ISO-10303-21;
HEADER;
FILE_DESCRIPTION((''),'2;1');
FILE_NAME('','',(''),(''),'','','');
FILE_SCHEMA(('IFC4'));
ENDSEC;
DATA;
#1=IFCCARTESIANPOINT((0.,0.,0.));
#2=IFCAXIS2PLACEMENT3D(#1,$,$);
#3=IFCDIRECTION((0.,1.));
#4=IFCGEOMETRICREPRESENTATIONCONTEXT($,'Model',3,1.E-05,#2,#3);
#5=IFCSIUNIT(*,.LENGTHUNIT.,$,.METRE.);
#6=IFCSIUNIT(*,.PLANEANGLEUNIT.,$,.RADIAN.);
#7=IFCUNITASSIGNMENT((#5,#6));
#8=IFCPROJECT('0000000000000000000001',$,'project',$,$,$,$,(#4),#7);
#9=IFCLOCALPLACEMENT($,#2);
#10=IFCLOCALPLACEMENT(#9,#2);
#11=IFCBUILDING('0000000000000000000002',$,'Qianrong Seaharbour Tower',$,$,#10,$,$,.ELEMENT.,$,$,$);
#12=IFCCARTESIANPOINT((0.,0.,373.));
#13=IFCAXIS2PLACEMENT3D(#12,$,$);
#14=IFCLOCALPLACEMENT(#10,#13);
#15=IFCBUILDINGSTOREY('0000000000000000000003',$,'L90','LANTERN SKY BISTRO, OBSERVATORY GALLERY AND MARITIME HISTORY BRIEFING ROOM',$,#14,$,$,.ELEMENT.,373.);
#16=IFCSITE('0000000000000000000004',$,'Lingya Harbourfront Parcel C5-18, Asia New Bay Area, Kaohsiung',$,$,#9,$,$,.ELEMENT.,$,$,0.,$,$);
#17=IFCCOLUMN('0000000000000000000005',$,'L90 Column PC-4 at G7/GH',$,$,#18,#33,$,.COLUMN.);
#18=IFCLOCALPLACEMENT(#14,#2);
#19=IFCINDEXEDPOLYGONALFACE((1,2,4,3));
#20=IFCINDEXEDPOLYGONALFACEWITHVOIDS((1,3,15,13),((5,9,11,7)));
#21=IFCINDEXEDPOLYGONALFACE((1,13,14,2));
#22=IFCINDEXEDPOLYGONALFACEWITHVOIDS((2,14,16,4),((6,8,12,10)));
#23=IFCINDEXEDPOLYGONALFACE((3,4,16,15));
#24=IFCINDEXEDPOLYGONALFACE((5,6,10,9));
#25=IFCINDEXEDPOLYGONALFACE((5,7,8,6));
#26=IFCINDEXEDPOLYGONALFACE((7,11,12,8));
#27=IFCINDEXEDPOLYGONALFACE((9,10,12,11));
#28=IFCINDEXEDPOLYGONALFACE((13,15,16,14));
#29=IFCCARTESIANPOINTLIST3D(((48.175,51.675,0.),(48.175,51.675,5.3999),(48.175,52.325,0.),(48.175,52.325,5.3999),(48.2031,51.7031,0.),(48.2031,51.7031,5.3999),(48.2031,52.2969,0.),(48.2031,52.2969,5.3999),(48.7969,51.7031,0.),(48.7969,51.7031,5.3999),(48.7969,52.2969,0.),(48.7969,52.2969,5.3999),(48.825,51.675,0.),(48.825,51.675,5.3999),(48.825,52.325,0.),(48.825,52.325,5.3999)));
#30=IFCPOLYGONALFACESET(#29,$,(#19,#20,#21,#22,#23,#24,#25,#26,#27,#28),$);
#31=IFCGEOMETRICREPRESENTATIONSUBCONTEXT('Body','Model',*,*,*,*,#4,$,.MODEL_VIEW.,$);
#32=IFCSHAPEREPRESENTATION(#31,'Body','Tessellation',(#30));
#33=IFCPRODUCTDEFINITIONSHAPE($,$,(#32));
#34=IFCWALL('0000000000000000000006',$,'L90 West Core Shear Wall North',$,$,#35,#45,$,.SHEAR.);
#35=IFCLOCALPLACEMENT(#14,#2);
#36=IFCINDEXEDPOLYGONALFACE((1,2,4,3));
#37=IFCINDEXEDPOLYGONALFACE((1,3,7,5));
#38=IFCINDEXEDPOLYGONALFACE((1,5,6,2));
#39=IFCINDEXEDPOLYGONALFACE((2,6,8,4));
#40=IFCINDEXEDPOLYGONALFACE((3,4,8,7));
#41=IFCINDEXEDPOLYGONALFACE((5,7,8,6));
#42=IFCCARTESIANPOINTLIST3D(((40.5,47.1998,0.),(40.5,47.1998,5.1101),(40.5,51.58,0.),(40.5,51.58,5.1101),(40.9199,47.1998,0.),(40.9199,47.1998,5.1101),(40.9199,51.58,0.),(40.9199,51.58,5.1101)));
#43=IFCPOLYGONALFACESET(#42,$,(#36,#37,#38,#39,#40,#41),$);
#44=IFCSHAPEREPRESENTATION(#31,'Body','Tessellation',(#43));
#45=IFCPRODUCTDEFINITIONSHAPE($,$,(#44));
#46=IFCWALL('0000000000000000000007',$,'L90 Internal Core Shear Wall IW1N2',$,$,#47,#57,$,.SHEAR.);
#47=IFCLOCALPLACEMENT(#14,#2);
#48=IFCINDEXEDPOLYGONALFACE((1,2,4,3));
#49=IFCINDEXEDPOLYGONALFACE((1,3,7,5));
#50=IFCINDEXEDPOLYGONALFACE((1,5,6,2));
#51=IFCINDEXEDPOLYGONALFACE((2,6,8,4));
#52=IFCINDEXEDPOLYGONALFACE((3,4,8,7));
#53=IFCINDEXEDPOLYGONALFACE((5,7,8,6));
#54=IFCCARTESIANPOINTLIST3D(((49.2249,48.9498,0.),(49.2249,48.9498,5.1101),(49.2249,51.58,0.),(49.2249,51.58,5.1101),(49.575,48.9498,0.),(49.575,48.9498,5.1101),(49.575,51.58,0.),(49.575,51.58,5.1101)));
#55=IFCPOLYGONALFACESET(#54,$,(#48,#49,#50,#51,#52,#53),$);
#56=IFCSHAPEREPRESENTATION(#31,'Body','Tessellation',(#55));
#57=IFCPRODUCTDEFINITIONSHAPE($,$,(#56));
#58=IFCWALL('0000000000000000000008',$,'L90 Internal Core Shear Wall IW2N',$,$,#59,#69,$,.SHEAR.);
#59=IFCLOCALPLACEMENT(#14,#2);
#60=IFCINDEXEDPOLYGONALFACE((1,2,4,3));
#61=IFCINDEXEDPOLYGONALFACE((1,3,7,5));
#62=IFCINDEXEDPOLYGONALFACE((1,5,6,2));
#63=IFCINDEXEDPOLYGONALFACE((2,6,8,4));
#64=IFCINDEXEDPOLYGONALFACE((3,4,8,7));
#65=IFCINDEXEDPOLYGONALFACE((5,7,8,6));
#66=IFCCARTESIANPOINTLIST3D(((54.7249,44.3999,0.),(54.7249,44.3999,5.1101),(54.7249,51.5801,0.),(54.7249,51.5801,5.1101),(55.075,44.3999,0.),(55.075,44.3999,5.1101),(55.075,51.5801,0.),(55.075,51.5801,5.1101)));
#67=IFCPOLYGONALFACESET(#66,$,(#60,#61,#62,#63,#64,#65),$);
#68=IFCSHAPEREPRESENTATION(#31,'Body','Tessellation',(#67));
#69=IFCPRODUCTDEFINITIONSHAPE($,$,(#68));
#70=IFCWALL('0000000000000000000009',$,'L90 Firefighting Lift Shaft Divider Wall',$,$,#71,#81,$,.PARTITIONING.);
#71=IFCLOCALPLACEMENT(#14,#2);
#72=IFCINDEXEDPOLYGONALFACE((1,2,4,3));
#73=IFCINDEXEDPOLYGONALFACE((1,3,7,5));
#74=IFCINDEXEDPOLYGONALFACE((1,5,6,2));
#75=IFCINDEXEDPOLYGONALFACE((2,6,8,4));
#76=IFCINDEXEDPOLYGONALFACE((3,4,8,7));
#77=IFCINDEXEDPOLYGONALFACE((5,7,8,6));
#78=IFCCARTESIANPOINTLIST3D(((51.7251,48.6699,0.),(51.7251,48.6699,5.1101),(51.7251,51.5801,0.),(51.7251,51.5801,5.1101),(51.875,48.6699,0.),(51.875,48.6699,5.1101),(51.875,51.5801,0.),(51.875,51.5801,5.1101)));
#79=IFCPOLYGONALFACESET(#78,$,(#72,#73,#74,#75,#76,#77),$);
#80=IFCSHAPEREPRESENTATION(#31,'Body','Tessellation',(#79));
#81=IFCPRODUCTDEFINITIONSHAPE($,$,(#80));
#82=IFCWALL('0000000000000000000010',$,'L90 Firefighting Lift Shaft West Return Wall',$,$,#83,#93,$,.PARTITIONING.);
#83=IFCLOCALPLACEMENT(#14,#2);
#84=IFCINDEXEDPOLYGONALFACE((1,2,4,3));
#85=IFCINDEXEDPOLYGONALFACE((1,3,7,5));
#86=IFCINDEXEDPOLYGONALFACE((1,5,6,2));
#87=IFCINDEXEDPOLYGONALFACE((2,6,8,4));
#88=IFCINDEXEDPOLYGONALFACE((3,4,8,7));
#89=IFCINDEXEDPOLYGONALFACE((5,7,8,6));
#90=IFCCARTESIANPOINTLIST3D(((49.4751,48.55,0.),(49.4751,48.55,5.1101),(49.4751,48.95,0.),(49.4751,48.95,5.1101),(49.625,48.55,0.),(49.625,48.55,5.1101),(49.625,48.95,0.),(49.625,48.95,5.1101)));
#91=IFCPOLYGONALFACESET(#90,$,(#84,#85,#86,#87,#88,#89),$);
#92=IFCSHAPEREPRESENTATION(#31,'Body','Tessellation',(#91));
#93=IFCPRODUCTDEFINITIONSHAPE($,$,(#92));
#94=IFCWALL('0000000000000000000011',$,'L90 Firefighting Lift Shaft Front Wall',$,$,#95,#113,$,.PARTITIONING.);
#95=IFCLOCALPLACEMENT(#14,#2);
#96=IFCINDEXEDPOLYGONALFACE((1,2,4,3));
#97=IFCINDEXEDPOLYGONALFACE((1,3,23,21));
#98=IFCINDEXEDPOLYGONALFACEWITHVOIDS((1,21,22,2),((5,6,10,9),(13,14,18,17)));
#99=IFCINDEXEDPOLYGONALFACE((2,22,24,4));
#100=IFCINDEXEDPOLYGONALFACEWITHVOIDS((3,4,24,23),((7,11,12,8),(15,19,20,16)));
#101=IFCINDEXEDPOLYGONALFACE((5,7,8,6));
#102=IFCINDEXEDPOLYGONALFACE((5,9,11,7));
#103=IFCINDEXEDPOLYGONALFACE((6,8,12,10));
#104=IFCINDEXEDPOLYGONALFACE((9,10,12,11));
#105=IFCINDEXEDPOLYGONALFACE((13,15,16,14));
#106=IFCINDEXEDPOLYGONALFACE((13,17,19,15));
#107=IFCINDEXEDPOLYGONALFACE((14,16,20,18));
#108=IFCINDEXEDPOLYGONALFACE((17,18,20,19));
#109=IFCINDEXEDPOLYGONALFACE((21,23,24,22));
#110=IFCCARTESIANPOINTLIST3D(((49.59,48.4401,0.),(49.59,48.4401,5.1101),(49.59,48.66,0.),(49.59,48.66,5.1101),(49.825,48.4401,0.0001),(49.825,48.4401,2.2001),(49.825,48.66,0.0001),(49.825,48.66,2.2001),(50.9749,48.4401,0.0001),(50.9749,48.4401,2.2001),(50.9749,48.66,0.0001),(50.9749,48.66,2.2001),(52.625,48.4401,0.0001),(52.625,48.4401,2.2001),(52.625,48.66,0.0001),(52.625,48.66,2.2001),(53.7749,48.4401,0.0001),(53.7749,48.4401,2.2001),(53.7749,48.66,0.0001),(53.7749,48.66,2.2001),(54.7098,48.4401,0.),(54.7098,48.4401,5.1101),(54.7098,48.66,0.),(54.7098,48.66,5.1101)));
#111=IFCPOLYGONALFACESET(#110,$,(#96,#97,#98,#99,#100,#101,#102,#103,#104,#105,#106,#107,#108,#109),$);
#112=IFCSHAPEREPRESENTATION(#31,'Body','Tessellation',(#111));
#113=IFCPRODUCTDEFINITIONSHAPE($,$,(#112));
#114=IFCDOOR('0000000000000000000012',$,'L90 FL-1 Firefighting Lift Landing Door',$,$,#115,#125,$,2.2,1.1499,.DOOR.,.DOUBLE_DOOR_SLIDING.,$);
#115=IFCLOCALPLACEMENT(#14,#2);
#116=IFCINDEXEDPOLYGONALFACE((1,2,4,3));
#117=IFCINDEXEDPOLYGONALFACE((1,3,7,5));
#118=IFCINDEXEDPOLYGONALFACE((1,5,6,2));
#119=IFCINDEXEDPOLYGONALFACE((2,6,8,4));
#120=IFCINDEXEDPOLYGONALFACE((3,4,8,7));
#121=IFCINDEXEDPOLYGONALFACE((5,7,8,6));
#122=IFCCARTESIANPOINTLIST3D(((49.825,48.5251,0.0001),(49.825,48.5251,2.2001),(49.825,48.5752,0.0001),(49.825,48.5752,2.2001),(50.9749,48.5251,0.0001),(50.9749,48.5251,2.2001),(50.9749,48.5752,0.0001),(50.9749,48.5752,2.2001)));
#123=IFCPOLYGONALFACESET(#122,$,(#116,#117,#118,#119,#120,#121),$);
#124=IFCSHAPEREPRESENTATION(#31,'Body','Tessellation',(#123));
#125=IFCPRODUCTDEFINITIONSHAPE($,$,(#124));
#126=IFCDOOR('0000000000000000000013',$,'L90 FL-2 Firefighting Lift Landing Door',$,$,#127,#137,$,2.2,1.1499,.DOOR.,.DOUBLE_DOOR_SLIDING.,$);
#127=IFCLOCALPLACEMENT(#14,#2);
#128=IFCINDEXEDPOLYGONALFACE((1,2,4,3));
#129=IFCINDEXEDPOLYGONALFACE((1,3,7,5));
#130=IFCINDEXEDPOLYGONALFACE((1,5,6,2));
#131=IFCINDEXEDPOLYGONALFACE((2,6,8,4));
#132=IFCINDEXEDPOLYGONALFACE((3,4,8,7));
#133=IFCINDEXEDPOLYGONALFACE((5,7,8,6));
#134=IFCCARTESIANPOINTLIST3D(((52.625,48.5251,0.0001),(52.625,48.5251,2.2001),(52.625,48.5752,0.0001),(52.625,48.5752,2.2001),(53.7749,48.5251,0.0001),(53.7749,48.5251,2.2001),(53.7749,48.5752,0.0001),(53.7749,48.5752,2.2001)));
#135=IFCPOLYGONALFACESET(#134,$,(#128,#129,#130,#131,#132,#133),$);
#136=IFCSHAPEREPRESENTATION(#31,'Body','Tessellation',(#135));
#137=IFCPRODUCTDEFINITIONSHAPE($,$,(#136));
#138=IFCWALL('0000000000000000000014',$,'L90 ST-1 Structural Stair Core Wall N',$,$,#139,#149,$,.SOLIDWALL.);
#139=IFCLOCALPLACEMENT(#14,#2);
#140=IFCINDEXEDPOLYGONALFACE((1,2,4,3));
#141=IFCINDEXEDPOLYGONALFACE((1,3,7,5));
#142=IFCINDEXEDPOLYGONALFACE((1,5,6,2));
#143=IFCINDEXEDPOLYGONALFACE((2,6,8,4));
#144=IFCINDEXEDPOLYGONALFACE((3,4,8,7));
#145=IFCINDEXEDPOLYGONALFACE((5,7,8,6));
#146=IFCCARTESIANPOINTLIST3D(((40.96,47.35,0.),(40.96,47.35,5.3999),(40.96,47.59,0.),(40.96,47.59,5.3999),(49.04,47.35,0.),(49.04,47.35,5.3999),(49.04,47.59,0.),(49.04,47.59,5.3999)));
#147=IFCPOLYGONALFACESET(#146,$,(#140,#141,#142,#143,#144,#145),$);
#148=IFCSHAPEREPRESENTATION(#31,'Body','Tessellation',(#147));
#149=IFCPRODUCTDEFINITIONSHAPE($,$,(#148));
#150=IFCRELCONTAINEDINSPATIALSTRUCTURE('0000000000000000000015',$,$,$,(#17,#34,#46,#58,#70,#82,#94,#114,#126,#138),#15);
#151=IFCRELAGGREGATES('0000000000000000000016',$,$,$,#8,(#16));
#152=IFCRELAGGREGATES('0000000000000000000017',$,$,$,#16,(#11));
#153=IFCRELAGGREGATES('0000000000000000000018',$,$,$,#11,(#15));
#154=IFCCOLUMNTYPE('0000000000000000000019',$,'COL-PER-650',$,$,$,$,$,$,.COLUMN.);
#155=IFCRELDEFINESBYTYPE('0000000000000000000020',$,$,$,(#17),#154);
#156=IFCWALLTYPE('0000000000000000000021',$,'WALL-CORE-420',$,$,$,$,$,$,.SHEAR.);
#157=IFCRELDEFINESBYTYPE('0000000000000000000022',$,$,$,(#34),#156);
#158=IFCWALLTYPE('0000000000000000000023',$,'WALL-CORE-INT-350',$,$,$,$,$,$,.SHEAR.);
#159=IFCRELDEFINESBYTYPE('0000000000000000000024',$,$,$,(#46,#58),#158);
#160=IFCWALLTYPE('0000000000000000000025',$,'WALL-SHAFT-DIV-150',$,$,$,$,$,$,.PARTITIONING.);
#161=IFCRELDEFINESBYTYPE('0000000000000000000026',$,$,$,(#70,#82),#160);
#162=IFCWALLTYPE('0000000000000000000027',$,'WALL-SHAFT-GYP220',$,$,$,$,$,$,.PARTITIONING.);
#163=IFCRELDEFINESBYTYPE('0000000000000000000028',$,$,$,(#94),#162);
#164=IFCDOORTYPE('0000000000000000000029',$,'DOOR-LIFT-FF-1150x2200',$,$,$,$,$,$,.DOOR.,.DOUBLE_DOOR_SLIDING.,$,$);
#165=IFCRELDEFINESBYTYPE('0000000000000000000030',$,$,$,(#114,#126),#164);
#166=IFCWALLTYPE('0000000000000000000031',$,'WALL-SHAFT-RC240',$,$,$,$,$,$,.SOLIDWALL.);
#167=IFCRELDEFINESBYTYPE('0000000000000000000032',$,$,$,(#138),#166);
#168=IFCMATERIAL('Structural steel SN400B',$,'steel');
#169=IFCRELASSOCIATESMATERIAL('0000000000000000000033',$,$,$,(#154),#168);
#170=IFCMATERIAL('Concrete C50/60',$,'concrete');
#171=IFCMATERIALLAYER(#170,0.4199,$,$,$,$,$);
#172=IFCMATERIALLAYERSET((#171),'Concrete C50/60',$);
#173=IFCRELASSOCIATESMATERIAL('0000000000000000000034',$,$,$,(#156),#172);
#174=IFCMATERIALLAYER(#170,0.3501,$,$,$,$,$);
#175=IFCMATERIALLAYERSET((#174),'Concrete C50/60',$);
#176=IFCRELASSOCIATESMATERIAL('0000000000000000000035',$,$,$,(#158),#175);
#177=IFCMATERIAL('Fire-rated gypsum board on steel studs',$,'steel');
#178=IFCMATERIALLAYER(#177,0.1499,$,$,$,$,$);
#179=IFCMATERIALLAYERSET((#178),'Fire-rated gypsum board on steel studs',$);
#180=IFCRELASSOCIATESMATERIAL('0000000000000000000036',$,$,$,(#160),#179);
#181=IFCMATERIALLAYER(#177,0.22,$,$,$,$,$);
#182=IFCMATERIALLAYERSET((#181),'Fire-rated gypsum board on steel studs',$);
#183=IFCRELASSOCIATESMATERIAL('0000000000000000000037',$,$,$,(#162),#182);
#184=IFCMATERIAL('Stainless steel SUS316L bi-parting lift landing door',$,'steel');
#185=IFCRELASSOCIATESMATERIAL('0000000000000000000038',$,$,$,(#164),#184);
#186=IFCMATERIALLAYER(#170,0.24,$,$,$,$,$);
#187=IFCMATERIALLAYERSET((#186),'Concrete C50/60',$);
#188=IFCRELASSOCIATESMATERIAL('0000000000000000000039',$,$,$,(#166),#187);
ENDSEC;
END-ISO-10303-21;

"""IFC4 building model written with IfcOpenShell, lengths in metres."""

from ifc_helpers import new_model, si_unit, direction, frame, frame_2d, origin, origin_2d, place, context, subcontext, project, spatial, rectangle, hollow_rectangle, extrude, material, layer, layer_set, material_profile, profile_set, type_object, element, fill, save


model = new_model("IFC4")

# Units and contexts
model_context = context("Model", 3, precision=1e-05, world=origin(), true_north=direction((0.0, 1.0)))
body_context = subcontext(model_context, "Body", "Model", "MODEL_VIEW")
ifc_project = project(units=[si_unit("LENGTHUNIT", "METRE"), si_unit("PLANEANGLEUNIT", "RADIAN")], contexts=[model_context])

# Site, building, storey
site_placement = place(None, origin())
site = spatial("IfcSite", under=ifc_project, at=site_placement, Name="Lingya Harbourfront Parcel C5-18, Asia New Bay Area, Kaohsiung", CompositionType="ELEMENT", RefElevation=0.0)
building_placement = place(site_placement, origin())
building = spatial("IfcBuilding", under=site, at=building_placement, Name="Qianrong Seaharbour Tower", CompositionType="ELEMENT")
storey_placement = place(building_placement, frame((0.0, 0.0, 373.0)))
storey = spatial("IfcBuildingStorey", under=building, at=storey_placement, Name="L90", Description="LANTERN SKY BISTRO, OBSERVATORY GALLERY AND MARITIME HISTORY BRIEFING ROOM", CompositionType="ELEMENT", Elevation=373.0)

# Column
ifc_material_1 = material(Name="Structural steel SN400B", Category="steel")
ifc_material_profile = material_profile(ifc_material_1, hollow_rectangle(XDim=0.6499, YDim=0.6499, WallThickness=0.0281, at=origin_2d()), Name="BOX650x650x28")
ifc_profile_set = profile_set([ifc_material_profile], Name="Structural steel SN400B")
column_type = type_object("IfcColumnType", Name="COL-PER-650", PredefinedType="COLUMN", material=ifc_profile_set)
column_placement = place(storey_placement, frame((48.5, 52.0, 0.0), z_axis=(0.0, 0.0, 1.0), x_axis=(1.0, 0.0, 0.0)))
element("IfcColumn", 1, at=column_placement, inside=storey, type_object=column_type, Name="L90 Column PC-4 at G7/GH", PredefinedType="COLUMN", context=body_context, shape_type="SweptSolid", body=[
    extrude(hollow_rectangle(XDim=0.6499, YDim=0.6499, WallThickness=0.0281, at=origin_2d()), origin(), (0.0, 0.0, 1.0), 5.3999),
])

# Walls
ifc_material_2 = material(Name="Concrete C50/60", Category="concrete")
ifc_layer_1 = layer(ifc_material_2, 0.4199)
ifc_layer_set_1 = layer_set([ifc_layer_1], Name="Concrete C50/60")
wall_type_1 = type_object("IfcWallType", Name="WALL-CORE-420", PredefinedType="SHEAR", material=ifc_layer_set_1)
wall_1_placement = place(storey_placement, frame((40.71, 47.2, 0.0), z_axis=(0.0, 0.0, 1.0), x_axis=(0.0, 1.0, 0.0)))
element("IfcWall", 2, at=wall_1_placement, inside=storey, type_object=wall_type_1, Name="L90 West Core Shear Wall North", PredefinedType="SHEAR", context=body_context, shape_type="SweptSolid", body=[
    extrude(rectangle(XDim=4.3801, YDim=0.4199, at=frame_2d((2.1899, 0.0))), origin(), (0.0, 0.0, 1.0), 5.1101),
])
ifc_layer_2 = layer(ifc_material_2, 0.3501)
ifc_layer_set_2 = layer_set([ifc_layer_2], Name="Concrete C50/60")
wall_type_2 = type_object("IfcWallType", Name="WALL-CORE-INT-350", PredefinedType="SHEAR", material=ifc_layer_set_2)
wall_2_placement = place(storey_placement, frame((49.3999, 48.95, 0.0), z_axis=(0.0, 0.0, 1.0), x_axis=(0.0, 1.0, 0.0)))
element("IfcWall", 3, at=wall_2_placement, inside=storey, type_object=wall_type_2, Name="L90 Internal Core Shear Wall IW1N2", PredefinedType="SHEAR", context=body_context, shape_type="SweptSolid", body=[
    extrude(rectangle(XDim=2.6301, YDim=0.3501, at=frame_2d((1.3149, 0.0))), origin(), (0.0, 0.0, 1.0), 5.1101),
])
wall_3_placement = place(storey_placement, frame((54.8999, 44.3999, 0.0), z_axis=(0.0, 0.0, 1.0), x_axis=(0.0, 1.0, 0.0)))
element("IfcWall", 4, at=wall_3_placement, inside=storey, type_object=wall_type_2, Name="L90 Internal Core Shear Wall IW2N", PredefinedType="SHEAR", context=body_context, shape_type="SweptSolid", body=[
    extrude(rectangle(XDim=7.1802, YDim=0.3501, at=frame_2d((3.5901, 0.0))), origin(), (0.0, 0.0, 1.0), 5.1101),
])

# Walls
ifc_material_3 = material(Name="Fire-rated gypsum board on steel studs", Category="steel")
ifc_layer_3 = layer(ifc_material_3, 0.1499)
ifc_layer_set_3 = layer_set([ifc_layer_3], Name="Fire-rated gypsum board on steel studs")
wall_type_3 = type_object("IfcWallType", Name="WALL-SHAFT-DIV-150", PredefinedType="PARTITIONING", material=ifc_layer_set_3)
wall_4_placement = place(storey_placement, frame((51.8, 48.6699, 0.0), z_axis=(0.0, 0.0, 1.0), x_axis=(0.0, 1.0, 0.0)))
element("IfcWall", 5, at=wall_4_placement, inside=storey, type_object=wall_type_3, Name="L90 Firefighting Lift Shaft Divider Wall", PredefinedType="PARTITIONING", context=body_context, shape_type="SweptSolid", body=[
    extrude(rectangle(XDim=2.9102, YDim=0.1499, at=frame_2d((1.4551, 0.0))), origin(), (0.0, 0.0, 1.0), 5.1101),
])
wall_5_placement = place(storey_placement, frame((49.55, 48.55, 0.0), z_axis=(0.0, 0.0, 1.0), x_axis=(0.0, 1.0, 0.0)))
element("IfcWall", 6, at=wall_5_placement, inside=storey, type_object=wall_type_3, Name="L90 Firefighting Lift Shaft West Return Wall", PredefinedType="PARTITIONING", context=body_context, shape_type="SweptSolid", body=[
    extrude(rectangle(XDim=0.3999, YDim=0.1499, at=frame_2d((0.2, 0.0))), origin(), (0.0, 0.0, 1.0), 5.1101),
])

# Wall, openings, doors
ifc_layer_4 = layer(ifc_material_3, 0.22)
ifc_layer_set_4 = layer_set([ifc_layer_4], Name="Fire-rated gypsum board on steel studs")
wall_type_4 = type_object("IfcWallType", Name="WALL-SHAFT-GYP220", PredefinedType="PARTITIONING", material=ifc_layer_set_4)
wall_6_placement = place(storey_placement, frame((54.71, 48.55, 0.0), z_axis=(0.0, 0.0, 1.0), x_axis=(-1.0, 0.0, 0.0)))
wall_6 = element("IfcWall", 7, at=wall_6_placement, inside=storey, type_object=wall_type_4, Name="L90 Firefighting Lift Shaft Front Wall", PredefinedType="PARTITIONING", context=body_context, shape_type="SweptSolid", body=[
    extrude(rectangle(XDim=5.1199, YDim=0.22, at=frame_2d((2.5601, 0.0))), origin(), (0.0, 0.0, 1.0), 5.1101),
])
opening_1_placement = place(wall_6_placement, frame((3.7351, 0.0, 0.0)))
opening_1 = element("IfcOpeningElement", 8, at=opening_1_placement, cuts=wall_6, PredefinedType="OPENING", context=body_context, shape_type="SweptSolid", body=[
    extrude(rectangle(XDim=1.1499, YDim=2.2, at=frame_2d((0.575, 1.1001))), frame((0.0, 0.1201, 0.0), z_axis=(0.0, -1.0, 0.0), x_axis=(1.0, 0.0, 0.0)), (0.0, 0.0, 1.0), 0.24),
])
opening_2_placement = place(wall_6_placement, frame((0.9351, 0.0, 0.0)))
opening_2 = element("IfcOpeningElement", 9, at=opening_2_placement, cuts=wall_6, PredefinedType="OPENING", context=body_context, shape_type="SweptSolid", body=[
    extrude(rectangle(XDim=1.1499, YDim=2.2, at=frame_2d((0.575, 1.1001))), frame((0.0, 0.1201, 0.0), z_axis=(0.0, -1.0, 0.0), x_axis=(1.0, 0.0, 0.0)), (0.0, 0.0, 1.0), 0.24),
])
ifc_material_4 = material(Name="Stainless steel SUS316L bi-parting lift landing door", Category="steel")
door_type_1 = type_object("IfcDoorType", Name="DOOR-LIFT-FF-1150x2200", OperationType="DOUBLE_DOOR_SLIDING", PredefinedType="DOOR", material=ifc_material_4)
door_1_placement = place(opening_1_placement, origin())
door_1 = element("IfcDoor", 10, at=door_1_placement, inside=storey, type_object=door_type_1, Name="L90 FL-1 Firefighting Lift Landing Door", OperationType="DOUBLE_DOOR_SLIDING", OverallHeight=2.2, OverallWidth=1.1499, PredefinedType="DOOR", context=body_context, shape_type="SweptSolid", body=[
    extrude(rectangle(XDim=1.1499, YDim=2.2, at=frame_2d((0.575, 1.1001))), frame((0.0, 0.0249, 0.0), z_axis=(0.0, -1.0, 0.0), x_axis=(1.0, 0.0, 0.0)), (0.0, 0.0, 1.0), 0.05),
])
fill(opening_1, door_1)
door_2_placement = place(opening_2_placement, origin())
door_2 = element("IfcDoor", 11, at=door_2_placement, inside=storey, type_object=door_type_1, Name="L90 FL-2 Firefighting Lift Landing Door", OperationType="DOUBLE_DOOR_SLIDING", OverallHeight=2.2, OverallWidth=1.1499, PredefinedType="DOOR", context=body_context, shape_type="SweptSolid", body=[
    extrude(rectangle(XDim=1.1499, YDim=2.2, at=frame_2d((0.575, 1.1001))), frame((0.0, 0.0249, 0.0), z_axis=(0.0, -1.0, 0.0), x_axis=(1.0, 0.0, 0.0)), (0.0, 0.0, 1.0), 0.05),
])
fill(opening_2, door_2)

# Wall
ifc_layer_5 = layer(ifc_material_2, 0.24)
ifc_layer_set_5 = layer_set([ifc_layer_5], Name="Concrete C50/60")
wall_type_5 = type_object("IfcWallType", Name="WALL-SHAFT-RC240", PredefinedType="SOLIDWALL", material=ifc_layer_set_5)
wall_7_placement = place(storey_placement, frame((40.96, 47.47, 0.0), z_axis=(0.0, 0.0, 1.0), x_axis=(1.0, 0.0, 0.0)))
element("IfcWall", 12, at=wall_7_placement, inside=storey, type_object=wall_type_5, Name="L90 ST-1 Structural Stair Core Wall N", PredefinedType="SOLIDWALL", context=body_context, shape_type="SweptSolid", body=[
    extrude(rectangle(XDim=8.0801, YDim=0.24, at=frame_2d((4.04, 0.0))), origin(), (0.0, 0.0, 1.0), 5.3999),
])

save(model, "model.ifc")
